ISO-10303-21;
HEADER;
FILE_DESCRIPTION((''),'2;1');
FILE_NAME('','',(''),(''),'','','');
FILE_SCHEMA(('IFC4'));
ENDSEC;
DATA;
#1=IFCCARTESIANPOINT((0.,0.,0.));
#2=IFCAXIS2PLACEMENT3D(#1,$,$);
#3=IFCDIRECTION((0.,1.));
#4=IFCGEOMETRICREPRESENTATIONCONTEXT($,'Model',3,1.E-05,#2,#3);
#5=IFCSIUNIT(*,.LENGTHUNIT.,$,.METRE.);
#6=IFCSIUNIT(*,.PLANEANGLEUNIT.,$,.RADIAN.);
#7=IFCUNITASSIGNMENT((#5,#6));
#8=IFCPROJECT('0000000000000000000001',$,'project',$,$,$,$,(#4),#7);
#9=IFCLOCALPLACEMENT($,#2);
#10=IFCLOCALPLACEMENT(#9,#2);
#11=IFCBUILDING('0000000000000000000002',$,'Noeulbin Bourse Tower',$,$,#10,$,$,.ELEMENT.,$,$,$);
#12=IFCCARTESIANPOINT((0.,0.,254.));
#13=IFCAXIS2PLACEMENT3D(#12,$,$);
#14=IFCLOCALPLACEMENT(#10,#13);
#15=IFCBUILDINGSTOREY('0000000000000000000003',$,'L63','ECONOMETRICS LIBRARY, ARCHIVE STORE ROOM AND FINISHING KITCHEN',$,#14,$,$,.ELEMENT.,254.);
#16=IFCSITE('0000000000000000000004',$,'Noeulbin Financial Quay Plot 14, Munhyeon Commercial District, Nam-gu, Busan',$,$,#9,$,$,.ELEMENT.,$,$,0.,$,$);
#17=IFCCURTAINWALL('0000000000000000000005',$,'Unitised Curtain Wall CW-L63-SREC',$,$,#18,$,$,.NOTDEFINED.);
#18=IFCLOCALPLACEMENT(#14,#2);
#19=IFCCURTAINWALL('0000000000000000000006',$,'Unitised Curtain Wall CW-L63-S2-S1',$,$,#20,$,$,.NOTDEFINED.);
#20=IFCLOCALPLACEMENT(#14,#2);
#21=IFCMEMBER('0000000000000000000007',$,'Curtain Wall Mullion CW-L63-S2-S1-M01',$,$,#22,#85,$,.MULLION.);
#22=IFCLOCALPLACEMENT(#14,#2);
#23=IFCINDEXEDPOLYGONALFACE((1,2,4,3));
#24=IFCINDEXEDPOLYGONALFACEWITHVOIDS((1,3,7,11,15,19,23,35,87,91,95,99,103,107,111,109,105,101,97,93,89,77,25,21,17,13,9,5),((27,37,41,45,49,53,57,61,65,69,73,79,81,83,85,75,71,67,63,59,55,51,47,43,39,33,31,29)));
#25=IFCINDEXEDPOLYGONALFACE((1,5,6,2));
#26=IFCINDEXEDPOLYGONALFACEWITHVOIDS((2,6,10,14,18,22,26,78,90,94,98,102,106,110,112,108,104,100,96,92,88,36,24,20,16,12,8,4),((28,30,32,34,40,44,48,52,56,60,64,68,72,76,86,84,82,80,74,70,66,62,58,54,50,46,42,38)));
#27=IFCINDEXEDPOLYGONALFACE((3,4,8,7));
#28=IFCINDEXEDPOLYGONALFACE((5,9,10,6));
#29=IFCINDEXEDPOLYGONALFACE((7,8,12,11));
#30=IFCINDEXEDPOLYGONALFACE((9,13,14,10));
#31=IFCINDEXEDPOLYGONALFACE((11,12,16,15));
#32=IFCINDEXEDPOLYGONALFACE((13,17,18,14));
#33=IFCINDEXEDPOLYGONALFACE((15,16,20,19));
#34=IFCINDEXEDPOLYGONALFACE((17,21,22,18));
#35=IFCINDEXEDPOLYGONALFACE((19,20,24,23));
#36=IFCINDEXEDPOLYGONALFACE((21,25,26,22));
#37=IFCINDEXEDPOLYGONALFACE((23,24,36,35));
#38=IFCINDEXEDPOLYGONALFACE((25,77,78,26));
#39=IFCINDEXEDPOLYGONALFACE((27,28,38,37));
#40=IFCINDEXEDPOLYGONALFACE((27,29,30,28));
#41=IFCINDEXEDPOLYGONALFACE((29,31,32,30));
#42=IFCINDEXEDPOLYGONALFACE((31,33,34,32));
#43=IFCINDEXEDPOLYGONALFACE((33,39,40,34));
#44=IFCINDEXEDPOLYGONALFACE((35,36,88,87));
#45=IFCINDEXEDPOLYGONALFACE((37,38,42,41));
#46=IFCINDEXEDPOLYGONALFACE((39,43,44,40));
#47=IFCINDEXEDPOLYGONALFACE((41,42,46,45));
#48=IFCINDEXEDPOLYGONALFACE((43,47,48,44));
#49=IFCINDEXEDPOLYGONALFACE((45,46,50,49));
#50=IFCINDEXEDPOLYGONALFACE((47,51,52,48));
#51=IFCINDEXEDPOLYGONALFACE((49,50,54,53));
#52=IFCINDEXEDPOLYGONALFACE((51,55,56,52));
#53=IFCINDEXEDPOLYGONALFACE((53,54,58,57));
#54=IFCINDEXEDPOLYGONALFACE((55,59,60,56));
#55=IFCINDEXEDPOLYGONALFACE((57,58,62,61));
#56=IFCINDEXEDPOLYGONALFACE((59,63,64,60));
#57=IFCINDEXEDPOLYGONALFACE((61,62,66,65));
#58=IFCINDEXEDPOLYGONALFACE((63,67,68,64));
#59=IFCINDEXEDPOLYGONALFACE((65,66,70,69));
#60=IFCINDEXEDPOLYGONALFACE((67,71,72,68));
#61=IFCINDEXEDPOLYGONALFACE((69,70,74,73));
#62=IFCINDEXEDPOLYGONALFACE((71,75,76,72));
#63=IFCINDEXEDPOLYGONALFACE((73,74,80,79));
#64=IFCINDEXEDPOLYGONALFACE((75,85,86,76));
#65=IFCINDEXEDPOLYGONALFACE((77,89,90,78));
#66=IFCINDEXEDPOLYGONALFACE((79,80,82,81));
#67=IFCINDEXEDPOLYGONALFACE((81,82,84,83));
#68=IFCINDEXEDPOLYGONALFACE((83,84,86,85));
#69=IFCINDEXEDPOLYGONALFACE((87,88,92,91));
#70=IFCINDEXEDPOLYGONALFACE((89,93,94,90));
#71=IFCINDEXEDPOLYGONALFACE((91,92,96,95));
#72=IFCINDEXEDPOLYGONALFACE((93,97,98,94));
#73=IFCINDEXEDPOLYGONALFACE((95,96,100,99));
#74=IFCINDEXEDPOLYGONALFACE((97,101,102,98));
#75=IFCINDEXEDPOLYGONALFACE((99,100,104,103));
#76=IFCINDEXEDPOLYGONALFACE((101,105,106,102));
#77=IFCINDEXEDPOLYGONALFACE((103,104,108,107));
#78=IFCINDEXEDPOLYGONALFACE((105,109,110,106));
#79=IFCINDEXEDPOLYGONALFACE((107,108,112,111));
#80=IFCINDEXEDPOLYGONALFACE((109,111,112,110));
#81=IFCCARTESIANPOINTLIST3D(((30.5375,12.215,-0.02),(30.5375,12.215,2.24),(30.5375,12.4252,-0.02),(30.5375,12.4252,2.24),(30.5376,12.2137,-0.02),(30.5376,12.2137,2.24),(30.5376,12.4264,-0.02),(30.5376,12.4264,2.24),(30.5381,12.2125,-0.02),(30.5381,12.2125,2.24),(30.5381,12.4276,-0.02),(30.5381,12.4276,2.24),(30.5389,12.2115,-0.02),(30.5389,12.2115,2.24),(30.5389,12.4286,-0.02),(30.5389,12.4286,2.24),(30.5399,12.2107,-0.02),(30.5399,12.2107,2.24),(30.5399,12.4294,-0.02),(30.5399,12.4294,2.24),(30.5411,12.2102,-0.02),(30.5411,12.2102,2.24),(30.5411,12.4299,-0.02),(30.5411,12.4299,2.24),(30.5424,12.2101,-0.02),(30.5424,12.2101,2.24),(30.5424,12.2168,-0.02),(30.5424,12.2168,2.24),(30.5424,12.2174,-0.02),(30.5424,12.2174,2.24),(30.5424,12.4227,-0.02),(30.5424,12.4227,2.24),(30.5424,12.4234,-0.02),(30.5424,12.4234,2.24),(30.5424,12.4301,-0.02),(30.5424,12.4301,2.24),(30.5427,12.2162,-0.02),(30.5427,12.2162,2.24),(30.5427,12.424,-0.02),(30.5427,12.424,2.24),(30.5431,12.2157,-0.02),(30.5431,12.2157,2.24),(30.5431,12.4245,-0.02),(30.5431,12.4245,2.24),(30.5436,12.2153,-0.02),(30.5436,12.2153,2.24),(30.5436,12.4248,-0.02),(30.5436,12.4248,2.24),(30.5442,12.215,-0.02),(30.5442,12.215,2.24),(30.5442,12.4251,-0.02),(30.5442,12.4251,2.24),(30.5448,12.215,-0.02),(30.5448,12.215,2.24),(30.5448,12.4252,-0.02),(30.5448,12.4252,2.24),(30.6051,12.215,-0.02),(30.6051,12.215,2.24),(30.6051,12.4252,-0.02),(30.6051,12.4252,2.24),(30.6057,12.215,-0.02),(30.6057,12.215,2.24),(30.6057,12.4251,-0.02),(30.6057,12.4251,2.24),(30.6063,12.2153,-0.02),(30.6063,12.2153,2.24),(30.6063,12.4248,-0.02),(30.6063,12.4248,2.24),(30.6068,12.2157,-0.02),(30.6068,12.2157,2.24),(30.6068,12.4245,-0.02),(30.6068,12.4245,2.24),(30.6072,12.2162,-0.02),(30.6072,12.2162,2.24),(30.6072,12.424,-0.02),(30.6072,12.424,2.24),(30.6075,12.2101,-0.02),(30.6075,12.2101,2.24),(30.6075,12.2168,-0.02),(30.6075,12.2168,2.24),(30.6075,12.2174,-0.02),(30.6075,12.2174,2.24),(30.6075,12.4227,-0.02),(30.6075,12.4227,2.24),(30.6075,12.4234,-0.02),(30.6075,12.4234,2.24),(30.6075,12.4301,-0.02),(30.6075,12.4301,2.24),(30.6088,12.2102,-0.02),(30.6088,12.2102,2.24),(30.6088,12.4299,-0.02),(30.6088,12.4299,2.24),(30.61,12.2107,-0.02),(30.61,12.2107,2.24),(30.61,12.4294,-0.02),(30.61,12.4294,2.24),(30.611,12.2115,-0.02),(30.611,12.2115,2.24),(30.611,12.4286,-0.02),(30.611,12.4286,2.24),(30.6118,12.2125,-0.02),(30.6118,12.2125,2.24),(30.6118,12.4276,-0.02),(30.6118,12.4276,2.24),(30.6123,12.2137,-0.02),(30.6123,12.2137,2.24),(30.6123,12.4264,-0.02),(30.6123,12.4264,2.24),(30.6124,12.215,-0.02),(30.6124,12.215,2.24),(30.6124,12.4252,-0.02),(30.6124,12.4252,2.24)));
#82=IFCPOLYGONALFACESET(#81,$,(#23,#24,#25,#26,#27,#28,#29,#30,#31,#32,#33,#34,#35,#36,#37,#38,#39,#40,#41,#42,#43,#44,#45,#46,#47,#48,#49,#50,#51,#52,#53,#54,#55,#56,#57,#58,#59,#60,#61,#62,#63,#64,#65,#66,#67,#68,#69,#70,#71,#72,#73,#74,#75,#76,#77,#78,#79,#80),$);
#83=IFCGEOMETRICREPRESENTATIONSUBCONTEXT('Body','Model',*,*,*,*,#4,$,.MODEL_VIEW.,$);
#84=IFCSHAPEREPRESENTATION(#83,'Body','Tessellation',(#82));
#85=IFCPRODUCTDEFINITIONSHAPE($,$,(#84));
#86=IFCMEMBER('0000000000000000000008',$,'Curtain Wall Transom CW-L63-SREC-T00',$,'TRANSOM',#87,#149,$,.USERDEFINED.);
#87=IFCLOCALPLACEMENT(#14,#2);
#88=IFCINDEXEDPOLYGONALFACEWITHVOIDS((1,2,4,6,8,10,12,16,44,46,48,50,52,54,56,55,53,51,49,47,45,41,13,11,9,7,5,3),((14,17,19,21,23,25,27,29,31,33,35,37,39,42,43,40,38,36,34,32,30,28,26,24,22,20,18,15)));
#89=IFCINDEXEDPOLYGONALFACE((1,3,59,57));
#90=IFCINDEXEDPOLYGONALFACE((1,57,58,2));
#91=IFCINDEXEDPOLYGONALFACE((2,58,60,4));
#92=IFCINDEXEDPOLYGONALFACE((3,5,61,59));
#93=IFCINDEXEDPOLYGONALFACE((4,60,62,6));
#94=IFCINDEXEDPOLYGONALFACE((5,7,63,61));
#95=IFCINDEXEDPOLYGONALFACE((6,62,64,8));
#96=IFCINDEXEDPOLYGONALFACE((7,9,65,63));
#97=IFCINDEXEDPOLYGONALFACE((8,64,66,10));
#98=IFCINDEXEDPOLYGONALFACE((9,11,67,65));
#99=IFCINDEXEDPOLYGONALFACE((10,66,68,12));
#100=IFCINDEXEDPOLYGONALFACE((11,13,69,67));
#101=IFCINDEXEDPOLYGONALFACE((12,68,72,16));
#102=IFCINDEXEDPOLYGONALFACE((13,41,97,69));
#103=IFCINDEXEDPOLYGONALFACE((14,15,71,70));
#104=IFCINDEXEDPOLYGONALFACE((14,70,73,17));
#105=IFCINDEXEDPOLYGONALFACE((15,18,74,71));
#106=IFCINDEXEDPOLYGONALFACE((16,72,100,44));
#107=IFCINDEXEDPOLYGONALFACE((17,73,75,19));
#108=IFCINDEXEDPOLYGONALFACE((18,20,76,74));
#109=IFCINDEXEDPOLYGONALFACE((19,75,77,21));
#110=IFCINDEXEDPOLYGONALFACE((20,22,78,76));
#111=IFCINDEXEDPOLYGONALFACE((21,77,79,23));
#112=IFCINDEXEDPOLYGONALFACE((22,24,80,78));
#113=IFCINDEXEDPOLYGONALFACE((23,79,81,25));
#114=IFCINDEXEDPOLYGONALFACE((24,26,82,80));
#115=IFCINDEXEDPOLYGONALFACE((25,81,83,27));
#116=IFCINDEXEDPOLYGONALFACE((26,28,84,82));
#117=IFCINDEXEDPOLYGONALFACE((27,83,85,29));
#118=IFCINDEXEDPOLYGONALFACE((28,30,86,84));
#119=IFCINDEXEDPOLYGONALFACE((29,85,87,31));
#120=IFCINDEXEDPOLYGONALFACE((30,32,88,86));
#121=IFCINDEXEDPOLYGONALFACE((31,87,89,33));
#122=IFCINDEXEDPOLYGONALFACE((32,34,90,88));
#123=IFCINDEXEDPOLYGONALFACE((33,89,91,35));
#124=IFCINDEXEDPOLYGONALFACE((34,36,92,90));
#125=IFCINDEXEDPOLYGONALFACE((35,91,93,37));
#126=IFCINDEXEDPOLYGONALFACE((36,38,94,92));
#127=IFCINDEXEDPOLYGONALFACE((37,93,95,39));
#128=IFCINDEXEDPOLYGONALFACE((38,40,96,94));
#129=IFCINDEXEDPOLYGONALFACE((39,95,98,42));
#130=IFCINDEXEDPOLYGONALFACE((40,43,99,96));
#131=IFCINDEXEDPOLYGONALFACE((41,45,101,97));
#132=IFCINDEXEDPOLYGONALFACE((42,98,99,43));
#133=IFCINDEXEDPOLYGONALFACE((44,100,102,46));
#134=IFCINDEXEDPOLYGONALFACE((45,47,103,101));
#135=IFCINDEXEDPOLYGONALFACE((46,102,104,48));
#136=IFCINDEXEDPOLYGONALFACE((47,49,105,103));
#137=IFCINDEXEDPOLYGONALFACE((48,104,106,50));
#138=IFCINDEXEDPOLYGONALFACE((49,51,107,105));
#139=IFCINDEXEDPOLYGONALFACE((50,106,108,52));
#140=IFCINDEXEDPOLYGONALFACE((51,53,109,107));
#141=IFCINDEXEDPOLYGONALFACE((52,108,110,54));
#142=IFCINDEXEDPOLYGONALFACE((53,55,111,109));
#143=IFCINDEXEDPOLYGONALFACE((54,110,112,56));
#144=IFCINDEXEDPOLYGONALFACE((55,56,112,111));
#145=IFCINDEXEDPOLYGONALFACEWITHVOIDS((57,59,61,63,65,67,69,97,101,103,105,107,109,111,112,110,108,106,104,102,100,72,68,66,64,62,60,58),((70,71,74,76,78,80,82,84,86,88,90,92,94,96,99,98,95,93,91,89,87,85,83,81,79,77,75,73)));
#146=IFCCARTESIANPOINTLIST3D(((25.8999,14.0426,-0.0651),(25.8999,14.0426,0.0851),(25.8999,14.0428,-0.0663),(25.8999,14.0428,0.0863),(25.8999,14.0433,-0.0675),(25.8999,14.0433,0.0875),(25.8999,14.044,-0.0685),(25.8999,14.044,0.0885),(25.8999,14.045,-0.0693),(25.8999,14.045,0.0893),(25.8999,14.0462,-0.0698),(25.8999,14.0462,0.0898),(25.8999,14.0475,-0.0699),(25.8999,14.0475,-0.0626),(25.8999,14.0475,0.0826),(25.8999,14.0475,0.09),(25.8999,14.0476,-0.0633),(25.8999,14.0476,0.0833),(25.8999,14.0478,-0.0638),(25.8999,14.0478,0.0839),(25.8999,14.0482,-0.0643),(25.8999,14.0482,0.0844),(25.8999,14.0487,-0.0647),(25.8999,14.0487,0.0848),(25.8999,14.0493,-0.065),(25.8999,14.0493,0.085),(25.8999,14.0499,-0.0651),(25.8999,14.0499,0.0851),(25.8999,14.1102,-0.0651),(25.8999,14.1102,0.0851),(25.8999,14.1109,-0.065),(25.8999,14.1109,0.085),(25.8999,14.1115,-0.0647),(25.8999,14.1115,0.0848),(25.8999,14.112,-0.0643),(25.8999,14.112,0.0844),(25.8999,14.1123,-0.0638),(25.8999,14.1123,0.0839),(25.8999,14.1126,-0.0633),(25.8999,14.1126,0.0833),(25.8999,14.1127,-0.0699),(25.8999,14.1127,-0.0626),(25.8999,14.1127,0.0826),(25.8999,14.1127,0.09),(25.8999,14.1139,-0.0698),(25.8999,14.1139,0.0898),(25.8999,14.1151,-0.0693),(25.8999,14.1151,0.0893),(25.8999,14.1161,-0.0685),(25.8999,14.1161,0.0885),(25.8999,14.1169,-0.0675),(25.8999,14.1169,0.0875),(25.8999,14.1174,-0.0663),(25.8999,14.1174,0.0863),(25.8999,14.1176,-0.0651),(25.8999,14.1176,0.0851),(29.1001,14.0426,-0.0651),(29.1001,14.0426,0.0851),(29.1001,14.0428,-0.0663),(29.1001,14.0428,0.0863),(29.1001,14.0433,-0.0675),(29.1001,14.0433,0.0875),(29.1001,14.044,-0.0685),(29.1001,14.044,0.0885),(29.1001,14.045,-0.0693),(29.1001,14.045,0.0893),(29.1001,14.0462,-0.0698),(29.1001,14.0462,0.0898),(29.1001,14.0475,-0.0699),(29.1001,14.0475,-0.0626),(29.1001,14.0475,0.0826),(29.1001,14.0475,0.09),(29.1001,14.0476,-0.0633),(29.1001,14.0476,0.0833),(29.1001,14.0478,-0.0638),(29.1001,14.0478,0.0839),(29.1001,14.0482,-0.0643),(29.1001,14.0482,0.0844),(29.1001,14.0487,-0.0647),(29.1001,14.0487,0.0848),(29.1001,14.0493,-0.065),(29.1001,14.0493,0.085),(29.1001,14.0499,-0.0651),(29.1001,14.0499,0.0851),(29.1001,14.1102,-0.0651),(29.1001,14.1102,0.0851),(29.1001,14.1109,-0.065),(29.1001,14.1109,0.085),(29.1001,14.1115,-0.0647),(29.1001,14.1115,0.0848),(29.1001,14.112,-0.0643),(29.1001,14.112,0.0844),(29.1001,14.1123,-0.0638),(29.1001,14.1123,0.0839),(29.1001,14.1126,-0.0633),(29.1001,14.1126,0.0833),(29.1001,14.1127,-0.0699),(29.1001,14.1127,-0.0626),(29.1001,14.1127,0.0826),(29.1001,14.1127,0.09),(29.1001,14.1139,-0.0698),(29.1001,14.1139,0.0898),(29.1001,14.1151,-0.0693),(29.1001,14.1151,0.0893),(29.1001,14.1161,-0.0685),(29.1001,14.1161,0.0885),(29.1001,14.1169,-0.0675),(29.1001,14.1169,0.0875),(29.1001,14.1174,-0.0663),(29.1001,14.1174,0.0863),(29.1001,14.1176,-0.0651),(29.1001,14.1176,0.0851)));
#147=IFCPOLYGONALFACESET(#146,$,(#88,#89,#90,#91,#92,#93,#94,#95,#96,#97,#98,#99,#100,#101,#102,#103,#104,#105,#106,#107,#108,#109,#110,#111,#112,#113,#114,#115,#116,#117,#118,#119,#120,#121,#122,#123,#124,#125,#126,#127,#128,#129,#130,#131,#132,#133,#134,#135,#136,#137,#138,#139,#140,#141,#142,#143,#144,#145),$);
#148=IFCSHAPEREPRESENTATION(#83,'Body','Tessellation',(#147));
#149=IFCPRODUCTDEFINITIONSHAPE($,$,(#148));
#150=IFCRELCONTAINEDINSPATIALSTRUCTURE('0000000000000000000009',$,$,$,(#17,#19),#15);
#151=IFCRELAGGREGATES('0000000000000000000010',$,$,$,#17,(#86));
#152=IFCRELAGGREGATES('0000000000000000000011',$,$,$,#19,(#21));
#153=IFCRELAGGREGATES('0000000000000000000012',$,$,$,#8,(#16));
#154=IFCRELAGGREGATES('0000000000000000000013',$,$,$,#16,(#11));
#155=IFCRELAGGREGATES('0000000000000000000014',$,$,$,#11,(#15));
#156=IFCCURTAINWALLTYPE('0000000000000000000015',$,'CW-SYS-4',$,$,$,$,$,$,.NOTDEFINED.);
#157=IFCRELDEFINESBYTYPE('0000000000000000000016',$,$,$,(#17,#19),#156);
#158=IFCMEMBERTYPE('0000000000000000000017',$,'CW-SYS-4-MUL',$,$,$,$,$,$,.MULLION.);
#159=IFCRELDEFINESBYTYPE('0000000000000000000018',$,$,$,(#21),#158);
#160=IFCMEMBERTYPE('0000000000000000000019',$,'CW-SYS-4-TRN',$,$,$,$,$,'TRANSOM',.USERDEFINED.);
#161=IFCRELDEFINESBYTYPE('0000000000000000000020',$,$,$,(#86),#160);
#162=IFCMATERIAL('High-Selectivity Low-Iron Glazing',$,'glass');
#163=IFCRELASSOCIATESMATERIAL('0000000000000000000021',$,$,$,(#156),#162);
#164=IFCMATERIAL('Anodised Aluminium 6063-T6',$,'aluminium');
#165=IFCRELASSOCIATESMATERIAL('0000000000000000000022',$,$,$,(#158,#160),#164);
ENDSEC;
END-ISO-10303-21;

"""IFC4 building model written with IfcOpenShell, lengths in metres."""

from ifc_helpers import new_model, si_unit, direction, frame, origin, origin_2d, place, context, subcontext, project, spatial, hollow_rectangle, extrude, material, material_profile, profile_set, type_object, element, aggregate, save


model = new_model("IFC4")

# Units and contexts
model_context = context("Model", 3, precision=1e-05, world=origin(), true_north=direction((0.0, 1.0)))
body_context = subcontext(model_context, "Body", "Model", "MODEL_VIEW")
ifc_project = project(units=[si_unit("LENGTHUNIT", "METRE"), si_unit("PLANEANGLEUNIT", "RADIAN")], contexts=[model_context])

# Site, building, storey
site_placement = place(None, origin())
site = spatial("IfcSite", under=ifc_project, at=site_placement, Name="Noeulbin Financial Quay Plot 14, Munhyeon Commercial District, Nam-gu, Busan", CompositionType="ELEMENT", RefElevation=0.0)
building_placement = place(site_placement, origin())
building = spatial("IfcBuilding", under=site, at=building_placement, Name="Noeulbin Bourse Tower", CompositionType="ELEMENT")
storey_placement = place(building_placement, frame((0.0, 0.0, 254.0)))
storey = spatial("IfcBuildingStorey", under=building, at=storey_placement, Name="L63", Description="ECONOMETRICS LIBRARY, ARCHIVE STORE ROOM AND FINISHING KITCHEN", CompositionType="ELEMENT", Elevation=254.0)

# Curtain walls, member
ifc_material_1 = material(Name="High-Selectivity Low-Iron Glazing", Category="glass")
curtain_wall_type = type_object("IfcCurtainWallType", Name="CW-SYS-4", PredefinedType="NOTDEFINED", material=ifc_material_1)
curtain_wall_1_placement = place(storey_placement, origin())
curtain_wall_1 = element("IfcCurtainWall", 1, at=curtain_wall_1_placement, inside=storey, type_object=curtain_wall_type, Name="Unitised Curtain Wall CW-L63-SREC", PredefinedType="NOTDEFINED")
ifc_material_2 = material(Name="Anodised Aluminium 6063-T6", Category="aluminium")
ifc_material_profile_1 = material_profile(ifc_material_2, hollow_rectangle(XDim=0.075, YDim=0.22, WallThickness=0.0049, InnerFilletRadius=0.0024, OuterFilletRadius=0.0049, at=origin_2d()), Name="ALU-MULL-75x220x5", Category="LoadBearing")
ifc_profile_set_1 = profile_set([ifc_material_profile_1], Name="Anodised Aluminium 6063-T6")
member_type_1 = type_object("IfcMemberType", Name="CW-SYS-4-MUL", PredefinedType="MULLION", material=ifc_profile_set_1)
curtain_wall_2_placement = place(storey_placement, origin())
curtain_wall_2 = element("IfcCurtainWall", 2, at=curtain_wall_2_placement, inside=storey, type_object=curtain_wall_type, Name="Unitised Curtain Wall CW-L63-S2-S1", PredefinedType="NOTDEFINED")
member_1_placement = place(storey_placement, frame((30.575, 12.3201, -0.02), z_axis=(0.0, 0.0, 1.0), x_axis=(1.0, 0.0, 0.0)))
member_1 = element("IfcMember", 3, at=member_1_placement, type_object=member_type_1, Name="Curtain Wall Mullion CW-L63-S2-S1-M01", PredefinedType="MULLION", context=body_context, shape_type="SweptSolid", body=[
    extrude(hollow_rectangle(XDim=0.075, YDim=0.22, WallThickness=0.0049, InnerFilletRadius=0.0024, OuterFilletRadius=0.0049, at=origin_2d()), origin(), (0.0, 0.0, 1.0), 2.26),
])

# Member
ifc_material_profile_2 = material_profile(ifc_material_2, hollow_rectangle(XDim=0.075, YDim=0.1599, WallThickness=0.0049, InnerFilletRadius=0.0024, OuterFilletRadius=0.0049, at=origin_2d()), Name="ALU-TRAN-75x160x5", Category="LoadBearing")
ifc_profile_set_2 = profile_set([ifc_material_profile_2], Name="Anodised Aluminium 6063-T6")
member_type_2 = type_object("IfcMemberType", Name="CW-SYS-4-TRN", ElementType="TRANSOM", PredefinedType="USERDEFINED", material=ifc_profile_set_2)
member_2_placement = place(storey_placement, frame((25.8999, 14.0801, 0.01), z_axis=(1.0, 0.0, 0.0), x_axis=(0.0, 1.0, 0.0)))
member_2 = element("IfcMember", 4, at=member_2_placement, type_object=member_type_2, Name="Curtain Wall Transom CW-L63-SREC-T00", ObjectType="TRANSOM", PredefinedType="USERDEFINED", context=body_context, shape_type="SweptSolid", body=[
    extrude(hollow_rectangle(XDim=0.075, YDim=0.1599, WallThickness=0.0049, InnerFilletRadius=0.0024, OuterFilletRadius=0.0049, at=origin_2d()), origin(), (0.0, 0.0, 1.0), 3.2002),
])

aggregate(curtain_wall_1, [member_2])
aggregate(curtain_wall_2, [member_1])

save(model, "model.ifc")
